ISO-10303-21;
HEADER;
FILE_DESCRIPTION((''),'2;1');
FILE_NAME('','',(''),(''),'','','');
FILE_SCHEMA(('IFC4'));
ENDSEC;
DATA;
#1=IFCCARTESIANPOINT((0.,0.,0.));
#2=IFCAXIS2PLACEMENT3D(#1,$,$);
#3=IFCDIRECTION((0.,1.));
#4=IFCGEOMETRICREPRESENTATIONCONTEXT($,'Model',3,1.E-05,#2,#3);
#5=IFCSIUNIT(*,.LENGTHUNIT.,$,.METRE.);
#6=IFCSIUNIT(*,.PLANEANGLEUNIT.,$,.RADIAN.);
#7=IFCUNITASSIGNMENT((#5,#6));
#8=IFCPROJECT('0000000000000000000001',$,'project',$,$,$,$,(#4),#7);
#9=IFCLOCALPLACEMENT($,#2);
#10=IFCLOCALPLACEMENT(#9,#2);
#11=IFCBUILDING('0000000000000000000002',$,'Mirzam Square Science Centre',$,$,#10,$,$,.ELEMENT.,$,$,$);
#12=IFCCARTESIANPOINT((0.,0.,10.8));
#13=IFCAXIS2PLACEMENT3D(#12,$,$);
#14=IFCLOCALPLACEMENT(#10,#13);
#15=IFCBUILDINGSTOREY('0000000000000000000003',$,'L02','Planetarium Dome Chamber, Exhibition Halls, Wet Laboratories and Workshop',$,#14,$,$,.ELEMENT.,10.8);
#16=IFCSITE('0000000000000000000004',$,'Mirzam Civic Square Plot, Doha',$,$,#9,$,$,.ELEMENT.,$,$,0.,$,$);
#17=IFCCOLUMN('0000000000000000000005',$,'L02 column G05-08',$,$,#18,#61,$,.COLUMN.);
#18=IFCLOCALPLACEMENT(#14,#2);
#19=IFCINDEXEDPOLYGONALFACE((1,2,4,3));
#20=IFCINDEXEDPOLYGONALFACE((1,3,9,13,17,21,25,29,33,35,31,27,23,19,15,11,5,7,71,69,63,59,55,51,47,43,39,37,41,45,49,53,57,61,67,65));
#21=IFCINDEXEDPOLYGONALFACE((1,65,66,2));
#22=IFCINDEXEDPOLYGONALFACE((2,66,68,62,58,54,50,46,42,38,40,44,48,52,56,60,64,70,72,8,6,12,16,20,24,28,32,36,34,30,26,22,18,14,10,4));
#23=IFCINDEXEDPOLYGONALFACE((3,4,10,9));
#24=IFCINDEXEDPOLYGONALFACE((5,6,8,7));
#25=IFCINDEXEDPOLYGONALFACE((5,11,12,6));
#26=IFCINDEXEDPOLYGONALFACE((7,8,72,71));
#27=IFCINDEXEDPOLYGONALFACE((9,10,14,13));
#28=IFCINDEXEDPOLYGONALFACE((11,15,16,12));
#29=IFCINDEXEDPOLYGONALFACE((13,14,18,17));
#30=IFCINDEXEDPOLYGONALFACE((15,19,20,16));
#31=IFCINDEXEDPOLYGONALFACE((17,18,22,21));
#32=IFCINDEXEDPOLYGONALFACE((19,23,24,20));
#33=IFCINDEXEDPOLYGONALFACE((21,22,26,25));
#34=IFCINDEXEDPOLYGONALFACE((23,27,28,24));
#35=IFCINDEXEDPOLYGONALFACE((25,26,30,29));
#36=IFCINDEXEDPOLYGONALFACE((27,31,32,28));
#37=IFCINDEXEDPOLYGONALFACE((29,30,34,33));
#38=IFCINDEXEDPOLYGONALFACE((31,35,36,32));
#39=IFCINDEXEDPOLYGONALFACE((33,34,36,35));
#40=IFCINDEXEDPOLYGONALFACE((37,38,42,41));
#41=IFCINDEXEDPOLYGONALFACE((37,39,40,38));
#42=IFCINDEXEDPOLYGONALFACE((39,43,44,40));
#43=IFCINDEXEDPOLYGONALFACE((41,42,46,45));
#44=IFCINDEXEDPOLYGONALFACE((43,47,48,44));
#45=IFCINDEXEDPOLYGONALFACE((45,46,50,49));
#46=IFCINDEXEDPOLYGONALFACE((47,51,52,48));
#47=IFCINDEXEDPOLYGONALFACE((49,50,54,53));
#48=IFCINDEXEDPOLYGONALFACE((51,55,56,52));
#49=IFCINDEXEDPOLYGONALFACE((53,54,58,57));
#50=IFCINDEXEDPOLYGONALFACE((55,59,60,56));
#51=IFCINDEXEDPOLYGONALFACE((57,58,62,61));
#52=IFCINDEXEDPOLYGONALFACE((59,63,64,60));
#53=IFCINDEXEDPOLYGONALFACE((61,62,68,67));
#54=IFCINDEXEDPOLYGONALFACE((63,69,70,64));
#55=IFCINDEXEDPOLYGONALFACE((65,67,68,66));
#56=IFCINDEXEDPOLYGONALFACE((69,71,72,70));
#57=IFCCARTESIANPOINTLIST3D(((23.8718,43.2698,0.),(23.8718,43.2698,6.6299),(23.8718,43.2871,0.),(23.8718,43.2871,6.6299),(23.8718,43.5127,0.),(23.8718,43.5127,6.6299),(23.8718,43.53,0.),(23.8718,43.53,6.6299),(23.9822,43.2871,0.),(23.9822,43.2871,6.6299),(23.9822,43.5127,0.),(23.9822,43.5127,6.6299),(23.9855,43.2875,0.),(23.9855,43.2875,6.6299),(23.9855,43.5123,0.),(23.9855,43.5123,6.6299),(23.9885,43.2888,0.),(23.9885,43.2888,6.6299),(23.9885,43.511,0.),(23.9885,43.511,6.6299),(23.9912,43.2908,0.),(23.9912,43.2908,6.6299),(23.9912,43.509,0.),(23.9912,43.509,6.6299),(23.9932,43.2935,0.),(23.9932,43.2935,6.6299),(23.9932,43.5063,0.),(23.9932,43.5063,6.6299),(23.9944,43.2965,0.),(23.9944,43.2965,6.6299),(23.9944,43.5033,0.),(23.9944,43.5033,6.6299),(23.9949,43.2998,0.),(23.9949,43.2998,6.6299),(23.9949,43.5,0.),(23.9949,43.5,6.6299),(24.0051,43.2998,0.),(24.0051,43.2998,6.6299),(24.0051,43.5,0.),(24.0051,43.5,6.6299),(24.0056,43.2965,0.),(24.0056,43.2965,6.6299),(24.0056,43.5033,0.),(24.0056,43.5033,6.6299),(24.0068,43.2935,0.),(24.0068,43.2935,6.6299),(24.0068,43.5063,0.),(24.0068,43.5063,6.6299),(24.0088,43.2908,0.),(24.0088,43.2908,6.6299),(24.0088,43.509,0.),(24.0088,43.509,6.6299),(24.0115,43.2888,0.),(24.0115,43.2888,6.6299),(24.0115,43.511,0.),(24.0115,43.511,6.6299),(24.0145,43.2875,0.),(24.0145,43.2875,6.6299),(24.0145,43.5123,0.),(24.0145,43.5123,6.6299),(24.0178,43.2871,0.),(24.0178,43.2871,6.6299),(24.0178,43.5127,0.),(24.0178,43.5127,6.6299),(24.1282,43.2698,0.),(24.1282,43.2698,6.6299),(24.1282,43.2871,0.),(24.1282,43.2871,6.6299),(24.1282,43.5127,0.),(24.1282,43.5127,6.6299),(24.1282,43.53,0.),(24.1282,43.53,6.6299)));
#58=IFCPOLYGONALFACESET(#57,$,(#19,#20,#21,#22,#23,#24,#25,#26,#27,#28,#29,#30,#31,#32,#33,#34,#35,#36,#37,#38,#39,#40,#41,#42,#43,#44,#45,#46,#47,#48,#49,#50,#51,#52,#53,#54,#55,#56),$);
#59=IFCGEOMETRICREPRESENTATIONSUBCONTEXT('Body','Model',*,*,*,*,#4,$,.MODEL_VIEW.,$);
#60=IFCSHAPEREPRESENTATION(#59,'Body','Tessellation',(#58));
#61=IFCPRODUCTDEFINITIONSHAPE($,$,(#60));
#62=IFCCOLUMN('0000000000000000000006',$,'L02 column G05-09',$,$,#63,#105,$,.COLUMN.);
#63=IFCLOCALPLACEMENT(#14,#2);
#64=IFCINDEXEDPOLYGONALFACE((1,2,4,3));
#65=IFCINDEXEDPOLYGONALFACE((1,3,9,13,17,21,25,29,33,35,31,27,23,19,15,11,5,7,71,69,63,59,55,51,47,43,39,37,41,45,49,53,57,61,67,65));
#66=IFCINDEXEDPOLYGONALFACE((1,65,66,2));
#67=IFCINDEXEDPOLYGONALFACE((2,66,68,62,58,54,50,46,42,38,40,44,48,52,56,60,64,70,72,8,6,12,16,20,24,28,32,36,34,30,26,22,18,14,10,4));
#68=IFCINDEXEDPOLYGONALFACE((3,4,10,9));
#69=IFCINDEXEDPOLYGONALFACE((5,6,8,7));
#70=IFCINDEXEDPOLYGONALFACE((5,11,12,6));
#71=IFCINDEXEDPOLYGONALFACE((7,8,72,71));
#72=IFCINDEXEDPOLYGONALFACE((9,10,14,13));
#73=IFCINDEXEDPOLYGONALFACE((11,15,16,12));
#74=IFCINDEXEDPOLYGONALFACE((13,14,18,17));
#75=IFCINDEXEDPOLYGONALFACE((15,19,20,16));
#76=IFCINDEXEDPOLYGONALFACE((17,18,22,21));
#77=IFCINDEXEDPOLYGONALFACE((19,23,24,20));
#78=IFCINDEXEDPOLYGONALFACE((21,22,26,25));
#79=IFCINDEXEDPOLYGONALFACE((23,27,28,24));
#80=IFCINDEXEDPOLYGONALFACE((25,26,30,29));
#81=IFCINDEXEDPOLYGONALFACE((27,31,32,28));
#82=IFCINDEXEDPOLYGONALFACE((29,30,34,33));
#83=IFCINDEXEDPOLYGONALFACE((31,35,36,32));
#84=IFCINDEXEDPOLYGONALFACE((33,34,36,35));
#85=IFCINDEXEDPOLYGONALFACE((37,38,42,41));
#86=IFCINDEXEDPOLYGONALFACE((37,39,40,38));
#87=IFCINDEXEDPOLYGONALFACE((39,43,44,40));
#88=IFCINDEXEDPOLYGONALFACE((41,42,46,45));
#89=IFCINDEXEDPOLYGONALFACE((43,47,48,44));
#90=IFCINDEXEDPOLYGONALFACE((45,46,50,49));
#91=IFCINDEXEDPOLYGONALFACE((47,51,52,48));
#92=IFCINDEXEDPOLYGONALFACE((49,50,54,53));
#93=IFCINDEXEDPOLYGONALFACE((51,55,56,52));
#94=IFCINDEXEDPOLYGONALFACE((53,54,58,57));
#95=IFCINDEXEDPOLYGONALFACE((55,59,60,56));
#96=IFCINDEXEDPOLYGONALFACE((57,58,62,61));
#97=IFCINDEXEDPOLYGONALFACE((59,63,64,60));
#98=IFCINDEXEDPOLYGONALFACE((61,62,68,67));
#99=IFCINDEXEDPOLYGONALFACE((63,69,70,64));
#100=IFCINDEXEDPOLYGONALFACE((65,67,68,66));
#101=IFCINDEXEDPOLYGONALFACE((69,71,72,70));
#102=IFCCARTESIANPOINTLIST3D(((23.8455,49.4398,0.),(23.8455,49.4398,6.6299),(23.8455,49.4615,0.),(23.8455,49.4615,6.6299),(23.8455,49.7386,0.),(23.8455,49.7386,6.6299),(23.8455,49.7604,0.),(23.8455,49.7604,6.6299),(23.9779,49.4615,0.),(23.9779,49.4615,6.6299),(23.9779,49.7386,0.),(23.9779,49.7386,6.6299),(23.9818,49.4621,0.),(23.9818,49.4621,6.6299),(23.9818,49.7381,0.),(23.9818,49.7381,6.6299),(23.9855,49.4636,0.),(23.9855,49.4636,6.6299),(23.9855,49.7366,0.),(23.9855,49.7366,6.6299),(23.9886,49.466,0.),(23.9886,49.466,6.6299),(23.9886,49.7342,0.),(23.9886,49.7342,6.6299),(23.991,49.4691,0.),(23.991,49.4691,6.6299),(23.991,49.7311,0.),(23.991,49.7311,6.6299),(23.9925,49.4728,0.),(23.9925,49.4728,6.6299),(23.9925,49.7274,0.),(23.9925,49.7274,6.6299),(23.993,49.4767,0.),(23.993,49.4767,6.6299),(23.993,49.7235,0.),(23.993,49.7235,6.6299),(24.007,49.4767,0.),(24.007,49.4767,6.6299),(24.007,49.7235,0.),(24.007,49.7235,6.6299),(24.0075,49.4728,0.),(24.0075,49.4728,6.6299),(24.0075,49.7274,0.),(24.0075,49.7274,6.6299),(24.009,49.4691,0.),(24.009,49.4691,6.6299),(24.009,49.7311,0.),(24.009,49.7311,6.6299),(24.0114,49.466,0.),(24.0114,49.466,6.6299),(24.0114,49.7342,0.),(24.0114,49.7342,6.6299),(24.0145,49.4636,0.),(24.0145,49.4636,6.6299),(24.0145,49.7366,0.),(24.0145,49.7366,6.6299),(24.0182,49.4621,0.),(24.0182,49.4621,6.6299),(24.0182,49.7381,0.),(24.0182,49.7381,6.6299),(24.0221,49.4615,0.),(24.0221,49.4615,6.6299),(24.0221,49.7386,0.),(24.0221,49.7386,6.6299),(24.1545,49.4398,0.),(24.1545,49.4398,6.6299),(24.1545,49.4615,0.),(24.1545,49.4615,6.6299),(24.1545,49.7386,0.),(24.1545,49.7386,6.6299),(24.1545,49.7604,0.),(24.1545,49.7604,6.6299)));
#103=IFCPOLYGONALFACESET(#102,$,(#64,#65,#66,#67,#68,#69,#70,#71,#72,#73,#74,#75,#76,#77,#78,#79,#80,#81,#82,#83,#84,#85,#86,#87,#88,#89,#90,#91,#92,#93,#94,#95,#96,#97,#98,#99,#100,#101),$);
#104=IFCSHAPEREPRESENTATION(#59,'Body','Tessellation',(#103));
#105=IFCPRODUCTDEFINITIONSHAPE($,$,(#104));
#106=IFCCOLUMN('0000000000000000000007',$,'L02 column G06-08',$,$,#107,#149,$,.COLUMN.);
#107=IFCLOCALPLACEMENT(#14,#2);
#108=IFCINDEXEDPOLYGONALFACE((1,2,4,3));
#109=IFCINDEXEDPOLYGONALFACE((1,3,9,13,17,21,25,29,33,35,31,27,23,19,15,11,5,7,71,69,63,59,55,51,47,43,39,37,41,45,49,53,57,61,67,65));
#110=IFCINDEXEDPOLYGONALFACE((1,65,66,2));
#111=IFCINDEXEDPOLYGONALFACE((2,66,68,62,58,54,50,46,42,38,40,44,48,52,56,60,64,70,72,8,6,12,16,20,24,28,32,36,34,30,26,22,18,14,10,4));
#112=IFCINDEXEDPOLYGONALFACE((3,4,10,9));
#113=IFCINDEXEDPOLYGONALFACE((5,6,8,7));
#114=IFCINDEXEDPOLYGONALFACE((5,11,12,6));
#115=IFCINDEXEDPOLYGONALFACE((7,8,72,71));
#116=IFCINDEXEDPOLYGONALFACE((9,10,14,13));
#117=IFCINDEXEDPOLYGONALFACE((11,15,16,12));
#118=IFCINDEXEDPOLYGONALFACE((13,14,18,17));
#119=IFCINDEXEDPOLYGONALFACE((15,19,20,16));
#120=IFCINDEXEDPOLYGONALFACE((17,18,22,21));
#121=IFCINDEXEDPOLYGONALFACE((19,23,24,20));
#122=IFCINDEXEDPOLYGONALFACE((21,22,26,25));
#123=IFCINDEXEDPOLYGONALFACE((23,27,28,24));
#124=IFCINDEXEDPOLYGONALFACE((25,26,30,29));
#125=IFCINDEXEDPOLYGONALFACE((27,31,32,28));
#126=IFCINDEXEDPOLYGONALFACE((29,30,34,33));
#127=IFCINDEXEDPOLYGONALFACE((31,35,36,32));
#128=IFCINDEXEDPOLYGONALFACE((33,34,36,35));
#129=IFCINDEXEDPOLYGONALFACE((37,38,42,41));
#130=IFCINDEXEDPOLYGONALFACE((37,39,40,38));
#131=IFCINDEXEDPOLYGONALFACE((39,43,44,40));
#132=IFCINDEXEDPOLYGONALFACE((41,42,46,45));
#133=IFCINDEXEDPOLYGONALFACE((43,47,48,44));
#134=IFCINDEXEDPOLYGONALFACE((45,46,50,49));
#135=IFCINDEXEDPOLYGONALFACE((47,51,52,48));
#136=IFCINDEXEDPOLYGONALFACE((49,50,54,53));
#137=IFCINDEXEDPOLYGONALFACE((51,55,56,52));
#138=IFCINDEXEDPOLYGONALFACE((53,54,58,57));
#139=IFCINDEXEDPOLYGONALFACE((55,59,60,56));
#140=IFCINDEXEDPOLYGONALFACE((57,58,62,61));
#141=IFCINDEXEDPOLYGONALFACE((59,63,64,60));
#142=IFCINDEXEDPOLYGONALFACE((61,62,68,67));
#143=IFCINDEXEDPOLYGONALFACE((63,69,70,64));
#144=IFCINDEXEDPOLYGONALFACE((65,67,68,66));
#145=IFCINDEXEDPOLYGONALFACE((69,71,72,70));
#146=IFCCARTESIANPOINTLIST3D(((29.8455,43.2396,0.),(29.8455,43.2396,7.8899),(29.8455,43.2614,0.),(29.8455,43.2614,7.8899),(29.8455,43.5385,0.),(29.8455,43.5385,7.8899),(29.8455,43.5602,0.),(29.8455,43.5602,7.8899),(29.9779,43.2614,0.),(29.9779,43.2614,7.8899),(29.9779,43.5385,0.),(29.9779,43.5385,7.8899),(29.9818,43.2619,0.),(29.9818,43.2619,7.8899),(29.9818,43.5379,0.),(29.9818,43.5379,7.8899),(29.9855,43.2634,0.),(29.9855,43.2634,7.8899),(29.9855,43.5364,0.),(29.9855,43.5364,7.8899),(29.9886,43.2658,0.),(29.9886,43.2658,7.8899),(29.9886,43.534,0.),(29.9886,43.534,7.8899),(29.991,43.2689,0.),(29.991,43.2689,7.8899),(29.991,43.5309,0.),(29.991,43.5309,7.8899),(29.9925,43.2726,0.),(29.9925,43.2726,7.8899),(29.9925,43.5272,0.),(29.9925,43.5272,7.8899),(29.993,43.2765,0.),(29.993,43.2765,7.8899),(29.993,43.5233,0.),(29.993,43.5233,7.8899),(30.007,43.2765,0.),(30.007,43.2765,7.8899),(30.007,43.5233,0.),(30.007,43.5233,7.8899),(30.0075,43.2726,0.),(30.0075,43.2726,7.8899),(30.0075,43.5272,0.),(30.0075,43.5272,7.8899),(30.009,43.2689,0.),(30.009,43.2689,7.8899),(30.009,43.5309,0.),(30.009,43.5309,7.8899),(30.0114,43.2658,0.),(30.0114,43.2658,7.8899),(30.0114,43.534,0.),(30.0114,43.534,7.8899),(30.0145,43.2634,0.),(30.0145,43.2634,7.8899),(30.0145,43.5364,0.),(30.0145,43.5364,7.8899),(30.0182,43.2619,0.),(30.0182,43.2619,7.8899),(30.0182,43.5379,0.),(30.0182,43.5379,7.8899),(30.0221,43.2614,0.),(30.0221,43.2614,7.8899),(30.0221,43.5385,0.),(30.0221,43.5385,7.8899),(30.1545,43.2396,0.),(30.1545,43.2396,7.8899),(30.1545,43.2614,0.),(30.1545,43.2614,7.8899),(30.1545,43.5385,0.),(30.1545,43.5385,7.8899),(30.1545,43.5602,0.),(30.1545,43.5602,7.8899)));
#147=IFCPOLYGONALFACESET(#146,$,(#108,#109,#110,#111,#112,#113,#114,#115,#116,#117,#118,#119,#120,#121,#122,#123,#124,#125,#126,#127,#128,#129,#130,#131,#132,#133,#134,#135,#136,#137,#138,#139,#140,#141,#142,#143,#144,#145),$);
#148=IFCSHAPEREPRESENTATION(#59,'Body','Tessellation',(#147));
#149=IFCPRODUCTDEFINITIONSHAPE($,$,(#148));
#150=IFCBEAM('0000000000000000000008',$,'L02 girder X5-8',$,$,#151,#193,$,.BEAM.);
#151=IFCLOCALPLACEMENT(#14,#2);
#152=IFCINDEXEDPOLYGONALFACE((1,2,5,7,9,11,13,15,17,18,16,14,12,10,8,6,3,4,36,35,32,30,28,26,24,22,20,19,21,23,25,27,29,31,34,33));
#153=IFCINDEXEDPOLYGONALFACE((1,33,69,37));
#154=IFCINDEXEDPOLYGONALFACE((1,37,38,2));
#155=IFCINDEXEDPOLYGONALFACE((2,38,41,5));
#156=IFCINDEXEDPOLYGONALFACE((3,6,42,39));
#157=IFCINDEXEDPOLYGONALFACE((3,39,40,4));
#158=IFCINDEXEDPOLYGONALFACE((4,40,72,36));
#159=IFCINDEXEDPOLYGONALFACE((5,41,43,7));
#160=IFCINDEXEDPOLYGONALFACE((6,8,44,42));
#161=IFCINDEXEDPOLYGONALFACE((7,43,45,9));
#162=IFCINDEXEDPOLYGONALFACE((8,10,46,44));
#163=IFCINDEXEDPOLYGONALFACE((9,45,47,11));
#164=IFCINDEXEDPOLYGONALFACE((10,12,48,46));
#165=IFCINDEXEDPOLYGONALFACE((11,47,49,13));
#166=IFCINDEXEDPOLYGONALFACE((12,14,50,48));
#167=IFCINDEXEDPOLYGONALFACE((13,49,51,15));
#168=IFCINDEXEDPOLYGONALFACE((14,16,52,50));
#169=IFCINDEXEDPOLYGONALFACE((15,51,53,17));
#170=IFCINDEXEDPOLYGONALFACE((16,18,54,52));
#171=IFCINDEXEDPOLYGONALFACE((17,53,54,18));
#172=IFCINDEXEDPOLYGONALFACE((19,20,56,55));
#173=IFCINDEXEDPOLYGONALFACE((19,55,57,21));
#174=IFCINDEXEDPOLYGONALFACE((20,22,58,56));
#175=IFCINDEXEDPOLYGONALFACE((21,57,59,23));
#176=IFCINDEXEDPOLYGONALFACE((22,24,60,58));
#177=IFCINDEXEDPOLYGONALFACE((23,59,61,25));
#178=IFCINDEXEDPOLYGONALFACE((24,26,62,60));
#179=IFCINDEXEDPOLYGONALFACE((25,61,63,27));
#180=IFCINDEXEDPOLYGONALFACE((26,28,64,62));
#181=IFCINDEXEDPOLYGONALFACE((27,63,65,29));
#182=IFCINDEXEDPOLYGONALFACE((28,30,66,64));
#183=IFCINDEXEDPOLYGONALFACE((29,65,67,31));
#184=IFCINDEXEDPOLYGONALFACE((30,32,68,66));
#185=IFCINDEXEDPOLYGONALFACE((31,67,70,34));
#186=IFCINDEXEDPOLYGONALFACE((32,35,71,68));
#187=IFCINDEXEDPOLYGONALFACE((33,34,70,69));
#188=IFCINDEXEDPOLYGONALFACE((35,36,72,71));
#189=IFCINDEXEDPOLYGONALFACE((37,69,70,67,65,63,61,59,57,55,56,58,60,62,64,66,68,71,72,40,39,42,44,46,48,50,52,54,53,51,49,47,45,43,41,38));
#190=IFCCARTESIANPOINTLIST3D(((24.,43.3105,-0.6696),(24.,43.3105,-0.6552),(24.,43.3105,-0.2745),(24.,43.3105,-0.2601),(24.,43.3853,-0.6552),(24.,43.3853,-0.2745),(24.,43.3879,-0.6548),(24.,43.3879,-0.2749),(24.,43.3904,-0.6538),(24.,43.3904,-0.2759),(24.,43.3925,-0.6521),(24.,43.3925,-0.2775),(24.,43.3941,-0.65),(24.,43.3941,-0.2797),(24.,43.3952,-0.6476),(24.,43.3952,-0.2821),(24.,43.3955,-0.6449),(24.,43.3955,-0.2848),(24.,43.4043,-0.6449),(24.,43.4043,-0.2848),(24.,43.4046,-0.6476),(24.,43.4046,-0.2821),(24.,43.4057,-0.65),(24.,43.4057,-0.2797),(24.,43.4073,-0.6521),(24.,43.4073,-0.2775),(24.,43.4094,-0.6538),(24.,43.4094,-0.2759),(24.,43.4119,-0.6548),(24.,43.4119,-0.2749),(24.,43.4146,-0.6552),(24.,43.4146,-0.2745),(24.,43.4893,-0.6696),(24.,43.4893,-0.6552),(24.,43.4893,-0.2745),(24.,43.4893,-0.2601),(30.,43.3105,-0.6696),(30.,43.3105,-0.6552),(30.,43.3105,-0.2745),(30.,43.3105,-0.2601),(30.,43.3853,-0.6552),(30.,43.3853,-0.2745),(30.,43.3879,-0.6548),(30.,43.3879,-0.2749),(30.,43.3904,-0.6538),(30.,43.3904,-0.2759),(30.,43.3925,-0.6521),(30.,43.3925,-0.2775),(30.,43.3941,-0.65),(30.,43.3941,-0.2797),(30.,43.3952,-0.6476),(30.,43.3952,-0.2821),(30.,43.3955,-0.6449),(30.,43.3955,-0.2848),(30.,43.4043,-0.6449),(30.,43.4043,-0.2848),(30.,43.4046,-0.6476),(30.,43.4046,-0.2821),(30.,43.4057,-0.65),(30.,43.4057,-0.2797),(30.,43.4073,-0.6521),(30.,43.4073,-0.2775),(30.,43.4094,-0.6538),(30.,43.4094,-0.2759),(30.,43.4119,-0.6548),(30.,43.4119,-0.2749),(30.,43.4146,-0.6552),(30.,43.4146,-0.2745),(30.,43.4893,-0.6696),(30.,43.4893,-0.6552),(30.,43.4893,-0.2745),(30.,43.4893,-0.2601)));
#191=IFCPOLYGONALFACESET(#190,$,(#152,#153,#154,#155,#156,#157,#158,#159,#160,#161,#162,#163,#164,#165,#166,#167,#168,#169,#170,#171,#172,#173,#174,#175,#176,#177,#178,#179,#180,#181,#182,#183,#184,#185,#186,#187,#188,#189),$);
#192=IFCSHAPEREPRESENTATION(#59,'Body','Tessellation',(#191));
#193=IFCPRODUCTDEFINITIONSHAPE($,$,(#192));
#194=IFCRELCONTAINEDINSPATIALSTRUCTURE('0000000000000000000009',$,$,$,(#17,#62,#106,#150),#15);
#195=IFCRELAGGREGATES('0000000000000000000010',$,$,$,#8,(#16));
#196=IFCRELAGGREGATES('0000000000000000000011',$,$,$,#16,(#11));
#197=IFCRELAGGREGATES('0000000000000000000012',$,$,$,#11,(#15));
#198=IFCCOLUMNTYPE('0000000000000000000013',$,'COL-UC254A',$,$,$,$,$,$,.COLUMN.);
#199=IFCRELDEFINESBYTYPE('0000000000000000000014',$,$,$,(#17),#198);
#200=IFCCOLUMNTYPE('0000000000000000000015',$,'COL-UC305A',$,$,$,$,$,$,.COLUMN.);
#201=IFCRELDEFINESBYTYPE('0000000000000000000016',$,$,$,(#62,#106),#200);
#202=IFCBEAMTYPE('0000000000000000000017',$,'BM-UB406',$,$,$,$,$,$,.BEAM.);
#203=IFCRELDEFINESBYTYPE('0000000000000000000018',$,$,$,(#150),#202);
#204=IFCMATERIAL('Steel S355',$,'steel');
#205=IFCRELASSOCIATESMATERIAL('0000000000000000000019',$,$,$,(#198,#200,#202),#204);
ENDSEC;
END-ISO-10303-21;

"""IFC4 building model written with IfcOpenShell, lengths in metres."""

from ifc_helpers import new_model, si_unit, direction, frame, origin, origin_2d, place, context, subcontext, project, spatial, i_section, extrude, material, material_profile, profile_set, type_object, element, save


model = new_model("IFC4")

# Units and contexts
model_context = context("Model", 3, precision=1e-05, world=origin(), true_north=direction((0.0, 1.0)))
body_context = subcontext(model_context, "Body", "Model", "MODEL_VIEW")
ifc_project = project(units=[si_unit("LENGTHUNIT", "METRE"), si_unit("PLANEANGLEUNIT", "RADIAN")], contexts=[model_context])

# Site, building, storey
site_placement = place(None, origin())
site = spatial("IfcSite", under=ifc_project, at=site_placement, Name="Mirzam Civic Square Plot, Doha", CompositionType="ELEMENT", RefElevation=0.0)
building_placement = place(site_placement, origin())
building = spatial("IfcBuilding", under=site, at=building_placement, Name="Mirzam Square Science Centre", CompositionType="ELEMENT")
storey_placement = place(building_placement, frame((0.0, 0.0, 10.8)))
storey = spatial("IfcBuildingStorey", under=building, at=storey_placement, Name="L02", Description="Planetarium Dome Chamber, Exhibition Halls, Wet Laboratories and Workshop", CompositionType="ELEMENT", Elevation=10.8)

# Columns
ifc_material_1 = material(Name="Steel S355", Category="steel")
ifc_material_profile_1 = material_profile(ifc_material_1, i_section(OverallWidth=0.2563, OverallDepth=0.2603, WebThickness=0.0103, FlangeThickness=0.0173, FilletRadius=0.0127, at=origin_2d()), Name="254x254x89UC")
ifc_profile_set_1 = profile_set([ifc_material_profile_1], Name="Steel S355")
column_type_1 = type_object("IfcColumnType", Name="COL-UC254A", PredefinedType="COLUMN", material=ifc_profile_set_1)
column_1_placement = place(storey_placement, frame((24.0, 43.3999, 0.0), z_axis=(0.0, 0.0, 1.0), x_axis=(1.0, 0.0, 0.0)))
element("IfcColumn", 1, at=column_1_placement, inside=storey, type_object=column_type_1, Name="L02 column G05-08", PredefinedType="COLUMN", context=body_context, shape_type="SweptSolid", body=[
    extrude(i_section(OverallWidth=0.2563, OverallDepth=0.2603, WebThickness=0.0103, FlangeThickness=0.0173, FilletRadius=0.0127, at=origin_2d()), origin(), (0.0, 0.0, 1.0), 6.6299),
])
ifc_material_profile_2 = material_profile(ifc_material_1, i_section(OverallWidth=0.3091, OverallDepth=0.3206, WebThickness=0.0139, FlangeThickness=0.0217, FilletRadius=0.0151, at=origin_2d()), Name="305x305x137UC")
ifc_profile_set_2 = profile_set([ifc_material_profile_2], Name="Steel S355")
column_type_2 = type_object("IfcColumnType", Name="COL-UC305A", PredefinedType="COLUMN", material=ifc_profile_set_2)
column_2_placement = place(storey_placement, frame((24.0, 49.6001, 0.0), z_axis=(0.0, 0.0, 1.0), x_axis=(1.0, 0.0, 0.0)))
element("IfcColumn", 2, at=column_2_placement, inside=storey, type_object=column_type_2, Name="L02 column G05-09", PredefinedType="COLUMN", context=body_context, shape_type="SweptSolid", body=[
    extrude(i_section(OverallWidth=0.3091, OverallDepth=0.3206, WebThickness=0.0139, FlangeThickness=0.0217, FilletRadius=0.0151, at=origin_2d()), origin(), (0.0, 0.0, 1.0), 6.6299),
])
column_3_placement = place(storey_placement, frame((30.0, 43.3999, 0.0), z_axis=(0.0, 0.0, 1.0), x_axis=(1.0, 0.0, 0.0)))
element("IfcColumn", 3, at=column_3_placement, inside=storey, type_object=column_type_2, Name="L02 column G06-08", PredefinedType="COLUMN", context=body_context, shape_type="SweptSolid", body=[
    extrude(i_section(OverallWidth=0.3091, OverallDepth=0.3206, WebThickness=0.0139, FlangeThickness=0.0217, FilletRadius=0.0151, at=origin_2d()), origin(), (0.0, 0.0, 1.0), 7.8899),
])

# Beam
ifc_material_profile_3 = material_profile(ifc_material_1, i_section(OverallWidth=0.1787, OverallDepth=0.4094, WebThickness=0.0088, FlangeThickness=0.0144, FilletRadius=0.0103, at=origin_2d()), Name="406x178x67UB")
ifc_profile_set_3 = profile_set([ifc_material_profile_3], Name="Steel S355")
beam_type_1 = type_object("IfcBeamType", Name="BM-UB406", PredefinedType="BEAM", material=ifc_profile_set_3)
beam_1_placement = place(storey_placement, frame((24.0, 43.3999, -0.4648), z_axis=(1.0, 0.0, 0.0), x_axis=(0.0, 1.0, 0.0)))
element("IfcBeam", 4, at=beam_1_placement, inside=storey, type_object=beam_type_1, Name="L02 girder X5-8", PredefinedType="BEAM", context=body_context, shape_type="SweptSolid", body=[
    extrude(i_section(OverallWidth=0.1787, OverallDepth=0.4094, WebThickness=0.0088, FlangeThickness=0.0144, FilletRadius=0.0103, at=origin_2d()), origin(), (0.0, 0.0, 1.0), 6.0),
])

save(model, "model.ifc")
